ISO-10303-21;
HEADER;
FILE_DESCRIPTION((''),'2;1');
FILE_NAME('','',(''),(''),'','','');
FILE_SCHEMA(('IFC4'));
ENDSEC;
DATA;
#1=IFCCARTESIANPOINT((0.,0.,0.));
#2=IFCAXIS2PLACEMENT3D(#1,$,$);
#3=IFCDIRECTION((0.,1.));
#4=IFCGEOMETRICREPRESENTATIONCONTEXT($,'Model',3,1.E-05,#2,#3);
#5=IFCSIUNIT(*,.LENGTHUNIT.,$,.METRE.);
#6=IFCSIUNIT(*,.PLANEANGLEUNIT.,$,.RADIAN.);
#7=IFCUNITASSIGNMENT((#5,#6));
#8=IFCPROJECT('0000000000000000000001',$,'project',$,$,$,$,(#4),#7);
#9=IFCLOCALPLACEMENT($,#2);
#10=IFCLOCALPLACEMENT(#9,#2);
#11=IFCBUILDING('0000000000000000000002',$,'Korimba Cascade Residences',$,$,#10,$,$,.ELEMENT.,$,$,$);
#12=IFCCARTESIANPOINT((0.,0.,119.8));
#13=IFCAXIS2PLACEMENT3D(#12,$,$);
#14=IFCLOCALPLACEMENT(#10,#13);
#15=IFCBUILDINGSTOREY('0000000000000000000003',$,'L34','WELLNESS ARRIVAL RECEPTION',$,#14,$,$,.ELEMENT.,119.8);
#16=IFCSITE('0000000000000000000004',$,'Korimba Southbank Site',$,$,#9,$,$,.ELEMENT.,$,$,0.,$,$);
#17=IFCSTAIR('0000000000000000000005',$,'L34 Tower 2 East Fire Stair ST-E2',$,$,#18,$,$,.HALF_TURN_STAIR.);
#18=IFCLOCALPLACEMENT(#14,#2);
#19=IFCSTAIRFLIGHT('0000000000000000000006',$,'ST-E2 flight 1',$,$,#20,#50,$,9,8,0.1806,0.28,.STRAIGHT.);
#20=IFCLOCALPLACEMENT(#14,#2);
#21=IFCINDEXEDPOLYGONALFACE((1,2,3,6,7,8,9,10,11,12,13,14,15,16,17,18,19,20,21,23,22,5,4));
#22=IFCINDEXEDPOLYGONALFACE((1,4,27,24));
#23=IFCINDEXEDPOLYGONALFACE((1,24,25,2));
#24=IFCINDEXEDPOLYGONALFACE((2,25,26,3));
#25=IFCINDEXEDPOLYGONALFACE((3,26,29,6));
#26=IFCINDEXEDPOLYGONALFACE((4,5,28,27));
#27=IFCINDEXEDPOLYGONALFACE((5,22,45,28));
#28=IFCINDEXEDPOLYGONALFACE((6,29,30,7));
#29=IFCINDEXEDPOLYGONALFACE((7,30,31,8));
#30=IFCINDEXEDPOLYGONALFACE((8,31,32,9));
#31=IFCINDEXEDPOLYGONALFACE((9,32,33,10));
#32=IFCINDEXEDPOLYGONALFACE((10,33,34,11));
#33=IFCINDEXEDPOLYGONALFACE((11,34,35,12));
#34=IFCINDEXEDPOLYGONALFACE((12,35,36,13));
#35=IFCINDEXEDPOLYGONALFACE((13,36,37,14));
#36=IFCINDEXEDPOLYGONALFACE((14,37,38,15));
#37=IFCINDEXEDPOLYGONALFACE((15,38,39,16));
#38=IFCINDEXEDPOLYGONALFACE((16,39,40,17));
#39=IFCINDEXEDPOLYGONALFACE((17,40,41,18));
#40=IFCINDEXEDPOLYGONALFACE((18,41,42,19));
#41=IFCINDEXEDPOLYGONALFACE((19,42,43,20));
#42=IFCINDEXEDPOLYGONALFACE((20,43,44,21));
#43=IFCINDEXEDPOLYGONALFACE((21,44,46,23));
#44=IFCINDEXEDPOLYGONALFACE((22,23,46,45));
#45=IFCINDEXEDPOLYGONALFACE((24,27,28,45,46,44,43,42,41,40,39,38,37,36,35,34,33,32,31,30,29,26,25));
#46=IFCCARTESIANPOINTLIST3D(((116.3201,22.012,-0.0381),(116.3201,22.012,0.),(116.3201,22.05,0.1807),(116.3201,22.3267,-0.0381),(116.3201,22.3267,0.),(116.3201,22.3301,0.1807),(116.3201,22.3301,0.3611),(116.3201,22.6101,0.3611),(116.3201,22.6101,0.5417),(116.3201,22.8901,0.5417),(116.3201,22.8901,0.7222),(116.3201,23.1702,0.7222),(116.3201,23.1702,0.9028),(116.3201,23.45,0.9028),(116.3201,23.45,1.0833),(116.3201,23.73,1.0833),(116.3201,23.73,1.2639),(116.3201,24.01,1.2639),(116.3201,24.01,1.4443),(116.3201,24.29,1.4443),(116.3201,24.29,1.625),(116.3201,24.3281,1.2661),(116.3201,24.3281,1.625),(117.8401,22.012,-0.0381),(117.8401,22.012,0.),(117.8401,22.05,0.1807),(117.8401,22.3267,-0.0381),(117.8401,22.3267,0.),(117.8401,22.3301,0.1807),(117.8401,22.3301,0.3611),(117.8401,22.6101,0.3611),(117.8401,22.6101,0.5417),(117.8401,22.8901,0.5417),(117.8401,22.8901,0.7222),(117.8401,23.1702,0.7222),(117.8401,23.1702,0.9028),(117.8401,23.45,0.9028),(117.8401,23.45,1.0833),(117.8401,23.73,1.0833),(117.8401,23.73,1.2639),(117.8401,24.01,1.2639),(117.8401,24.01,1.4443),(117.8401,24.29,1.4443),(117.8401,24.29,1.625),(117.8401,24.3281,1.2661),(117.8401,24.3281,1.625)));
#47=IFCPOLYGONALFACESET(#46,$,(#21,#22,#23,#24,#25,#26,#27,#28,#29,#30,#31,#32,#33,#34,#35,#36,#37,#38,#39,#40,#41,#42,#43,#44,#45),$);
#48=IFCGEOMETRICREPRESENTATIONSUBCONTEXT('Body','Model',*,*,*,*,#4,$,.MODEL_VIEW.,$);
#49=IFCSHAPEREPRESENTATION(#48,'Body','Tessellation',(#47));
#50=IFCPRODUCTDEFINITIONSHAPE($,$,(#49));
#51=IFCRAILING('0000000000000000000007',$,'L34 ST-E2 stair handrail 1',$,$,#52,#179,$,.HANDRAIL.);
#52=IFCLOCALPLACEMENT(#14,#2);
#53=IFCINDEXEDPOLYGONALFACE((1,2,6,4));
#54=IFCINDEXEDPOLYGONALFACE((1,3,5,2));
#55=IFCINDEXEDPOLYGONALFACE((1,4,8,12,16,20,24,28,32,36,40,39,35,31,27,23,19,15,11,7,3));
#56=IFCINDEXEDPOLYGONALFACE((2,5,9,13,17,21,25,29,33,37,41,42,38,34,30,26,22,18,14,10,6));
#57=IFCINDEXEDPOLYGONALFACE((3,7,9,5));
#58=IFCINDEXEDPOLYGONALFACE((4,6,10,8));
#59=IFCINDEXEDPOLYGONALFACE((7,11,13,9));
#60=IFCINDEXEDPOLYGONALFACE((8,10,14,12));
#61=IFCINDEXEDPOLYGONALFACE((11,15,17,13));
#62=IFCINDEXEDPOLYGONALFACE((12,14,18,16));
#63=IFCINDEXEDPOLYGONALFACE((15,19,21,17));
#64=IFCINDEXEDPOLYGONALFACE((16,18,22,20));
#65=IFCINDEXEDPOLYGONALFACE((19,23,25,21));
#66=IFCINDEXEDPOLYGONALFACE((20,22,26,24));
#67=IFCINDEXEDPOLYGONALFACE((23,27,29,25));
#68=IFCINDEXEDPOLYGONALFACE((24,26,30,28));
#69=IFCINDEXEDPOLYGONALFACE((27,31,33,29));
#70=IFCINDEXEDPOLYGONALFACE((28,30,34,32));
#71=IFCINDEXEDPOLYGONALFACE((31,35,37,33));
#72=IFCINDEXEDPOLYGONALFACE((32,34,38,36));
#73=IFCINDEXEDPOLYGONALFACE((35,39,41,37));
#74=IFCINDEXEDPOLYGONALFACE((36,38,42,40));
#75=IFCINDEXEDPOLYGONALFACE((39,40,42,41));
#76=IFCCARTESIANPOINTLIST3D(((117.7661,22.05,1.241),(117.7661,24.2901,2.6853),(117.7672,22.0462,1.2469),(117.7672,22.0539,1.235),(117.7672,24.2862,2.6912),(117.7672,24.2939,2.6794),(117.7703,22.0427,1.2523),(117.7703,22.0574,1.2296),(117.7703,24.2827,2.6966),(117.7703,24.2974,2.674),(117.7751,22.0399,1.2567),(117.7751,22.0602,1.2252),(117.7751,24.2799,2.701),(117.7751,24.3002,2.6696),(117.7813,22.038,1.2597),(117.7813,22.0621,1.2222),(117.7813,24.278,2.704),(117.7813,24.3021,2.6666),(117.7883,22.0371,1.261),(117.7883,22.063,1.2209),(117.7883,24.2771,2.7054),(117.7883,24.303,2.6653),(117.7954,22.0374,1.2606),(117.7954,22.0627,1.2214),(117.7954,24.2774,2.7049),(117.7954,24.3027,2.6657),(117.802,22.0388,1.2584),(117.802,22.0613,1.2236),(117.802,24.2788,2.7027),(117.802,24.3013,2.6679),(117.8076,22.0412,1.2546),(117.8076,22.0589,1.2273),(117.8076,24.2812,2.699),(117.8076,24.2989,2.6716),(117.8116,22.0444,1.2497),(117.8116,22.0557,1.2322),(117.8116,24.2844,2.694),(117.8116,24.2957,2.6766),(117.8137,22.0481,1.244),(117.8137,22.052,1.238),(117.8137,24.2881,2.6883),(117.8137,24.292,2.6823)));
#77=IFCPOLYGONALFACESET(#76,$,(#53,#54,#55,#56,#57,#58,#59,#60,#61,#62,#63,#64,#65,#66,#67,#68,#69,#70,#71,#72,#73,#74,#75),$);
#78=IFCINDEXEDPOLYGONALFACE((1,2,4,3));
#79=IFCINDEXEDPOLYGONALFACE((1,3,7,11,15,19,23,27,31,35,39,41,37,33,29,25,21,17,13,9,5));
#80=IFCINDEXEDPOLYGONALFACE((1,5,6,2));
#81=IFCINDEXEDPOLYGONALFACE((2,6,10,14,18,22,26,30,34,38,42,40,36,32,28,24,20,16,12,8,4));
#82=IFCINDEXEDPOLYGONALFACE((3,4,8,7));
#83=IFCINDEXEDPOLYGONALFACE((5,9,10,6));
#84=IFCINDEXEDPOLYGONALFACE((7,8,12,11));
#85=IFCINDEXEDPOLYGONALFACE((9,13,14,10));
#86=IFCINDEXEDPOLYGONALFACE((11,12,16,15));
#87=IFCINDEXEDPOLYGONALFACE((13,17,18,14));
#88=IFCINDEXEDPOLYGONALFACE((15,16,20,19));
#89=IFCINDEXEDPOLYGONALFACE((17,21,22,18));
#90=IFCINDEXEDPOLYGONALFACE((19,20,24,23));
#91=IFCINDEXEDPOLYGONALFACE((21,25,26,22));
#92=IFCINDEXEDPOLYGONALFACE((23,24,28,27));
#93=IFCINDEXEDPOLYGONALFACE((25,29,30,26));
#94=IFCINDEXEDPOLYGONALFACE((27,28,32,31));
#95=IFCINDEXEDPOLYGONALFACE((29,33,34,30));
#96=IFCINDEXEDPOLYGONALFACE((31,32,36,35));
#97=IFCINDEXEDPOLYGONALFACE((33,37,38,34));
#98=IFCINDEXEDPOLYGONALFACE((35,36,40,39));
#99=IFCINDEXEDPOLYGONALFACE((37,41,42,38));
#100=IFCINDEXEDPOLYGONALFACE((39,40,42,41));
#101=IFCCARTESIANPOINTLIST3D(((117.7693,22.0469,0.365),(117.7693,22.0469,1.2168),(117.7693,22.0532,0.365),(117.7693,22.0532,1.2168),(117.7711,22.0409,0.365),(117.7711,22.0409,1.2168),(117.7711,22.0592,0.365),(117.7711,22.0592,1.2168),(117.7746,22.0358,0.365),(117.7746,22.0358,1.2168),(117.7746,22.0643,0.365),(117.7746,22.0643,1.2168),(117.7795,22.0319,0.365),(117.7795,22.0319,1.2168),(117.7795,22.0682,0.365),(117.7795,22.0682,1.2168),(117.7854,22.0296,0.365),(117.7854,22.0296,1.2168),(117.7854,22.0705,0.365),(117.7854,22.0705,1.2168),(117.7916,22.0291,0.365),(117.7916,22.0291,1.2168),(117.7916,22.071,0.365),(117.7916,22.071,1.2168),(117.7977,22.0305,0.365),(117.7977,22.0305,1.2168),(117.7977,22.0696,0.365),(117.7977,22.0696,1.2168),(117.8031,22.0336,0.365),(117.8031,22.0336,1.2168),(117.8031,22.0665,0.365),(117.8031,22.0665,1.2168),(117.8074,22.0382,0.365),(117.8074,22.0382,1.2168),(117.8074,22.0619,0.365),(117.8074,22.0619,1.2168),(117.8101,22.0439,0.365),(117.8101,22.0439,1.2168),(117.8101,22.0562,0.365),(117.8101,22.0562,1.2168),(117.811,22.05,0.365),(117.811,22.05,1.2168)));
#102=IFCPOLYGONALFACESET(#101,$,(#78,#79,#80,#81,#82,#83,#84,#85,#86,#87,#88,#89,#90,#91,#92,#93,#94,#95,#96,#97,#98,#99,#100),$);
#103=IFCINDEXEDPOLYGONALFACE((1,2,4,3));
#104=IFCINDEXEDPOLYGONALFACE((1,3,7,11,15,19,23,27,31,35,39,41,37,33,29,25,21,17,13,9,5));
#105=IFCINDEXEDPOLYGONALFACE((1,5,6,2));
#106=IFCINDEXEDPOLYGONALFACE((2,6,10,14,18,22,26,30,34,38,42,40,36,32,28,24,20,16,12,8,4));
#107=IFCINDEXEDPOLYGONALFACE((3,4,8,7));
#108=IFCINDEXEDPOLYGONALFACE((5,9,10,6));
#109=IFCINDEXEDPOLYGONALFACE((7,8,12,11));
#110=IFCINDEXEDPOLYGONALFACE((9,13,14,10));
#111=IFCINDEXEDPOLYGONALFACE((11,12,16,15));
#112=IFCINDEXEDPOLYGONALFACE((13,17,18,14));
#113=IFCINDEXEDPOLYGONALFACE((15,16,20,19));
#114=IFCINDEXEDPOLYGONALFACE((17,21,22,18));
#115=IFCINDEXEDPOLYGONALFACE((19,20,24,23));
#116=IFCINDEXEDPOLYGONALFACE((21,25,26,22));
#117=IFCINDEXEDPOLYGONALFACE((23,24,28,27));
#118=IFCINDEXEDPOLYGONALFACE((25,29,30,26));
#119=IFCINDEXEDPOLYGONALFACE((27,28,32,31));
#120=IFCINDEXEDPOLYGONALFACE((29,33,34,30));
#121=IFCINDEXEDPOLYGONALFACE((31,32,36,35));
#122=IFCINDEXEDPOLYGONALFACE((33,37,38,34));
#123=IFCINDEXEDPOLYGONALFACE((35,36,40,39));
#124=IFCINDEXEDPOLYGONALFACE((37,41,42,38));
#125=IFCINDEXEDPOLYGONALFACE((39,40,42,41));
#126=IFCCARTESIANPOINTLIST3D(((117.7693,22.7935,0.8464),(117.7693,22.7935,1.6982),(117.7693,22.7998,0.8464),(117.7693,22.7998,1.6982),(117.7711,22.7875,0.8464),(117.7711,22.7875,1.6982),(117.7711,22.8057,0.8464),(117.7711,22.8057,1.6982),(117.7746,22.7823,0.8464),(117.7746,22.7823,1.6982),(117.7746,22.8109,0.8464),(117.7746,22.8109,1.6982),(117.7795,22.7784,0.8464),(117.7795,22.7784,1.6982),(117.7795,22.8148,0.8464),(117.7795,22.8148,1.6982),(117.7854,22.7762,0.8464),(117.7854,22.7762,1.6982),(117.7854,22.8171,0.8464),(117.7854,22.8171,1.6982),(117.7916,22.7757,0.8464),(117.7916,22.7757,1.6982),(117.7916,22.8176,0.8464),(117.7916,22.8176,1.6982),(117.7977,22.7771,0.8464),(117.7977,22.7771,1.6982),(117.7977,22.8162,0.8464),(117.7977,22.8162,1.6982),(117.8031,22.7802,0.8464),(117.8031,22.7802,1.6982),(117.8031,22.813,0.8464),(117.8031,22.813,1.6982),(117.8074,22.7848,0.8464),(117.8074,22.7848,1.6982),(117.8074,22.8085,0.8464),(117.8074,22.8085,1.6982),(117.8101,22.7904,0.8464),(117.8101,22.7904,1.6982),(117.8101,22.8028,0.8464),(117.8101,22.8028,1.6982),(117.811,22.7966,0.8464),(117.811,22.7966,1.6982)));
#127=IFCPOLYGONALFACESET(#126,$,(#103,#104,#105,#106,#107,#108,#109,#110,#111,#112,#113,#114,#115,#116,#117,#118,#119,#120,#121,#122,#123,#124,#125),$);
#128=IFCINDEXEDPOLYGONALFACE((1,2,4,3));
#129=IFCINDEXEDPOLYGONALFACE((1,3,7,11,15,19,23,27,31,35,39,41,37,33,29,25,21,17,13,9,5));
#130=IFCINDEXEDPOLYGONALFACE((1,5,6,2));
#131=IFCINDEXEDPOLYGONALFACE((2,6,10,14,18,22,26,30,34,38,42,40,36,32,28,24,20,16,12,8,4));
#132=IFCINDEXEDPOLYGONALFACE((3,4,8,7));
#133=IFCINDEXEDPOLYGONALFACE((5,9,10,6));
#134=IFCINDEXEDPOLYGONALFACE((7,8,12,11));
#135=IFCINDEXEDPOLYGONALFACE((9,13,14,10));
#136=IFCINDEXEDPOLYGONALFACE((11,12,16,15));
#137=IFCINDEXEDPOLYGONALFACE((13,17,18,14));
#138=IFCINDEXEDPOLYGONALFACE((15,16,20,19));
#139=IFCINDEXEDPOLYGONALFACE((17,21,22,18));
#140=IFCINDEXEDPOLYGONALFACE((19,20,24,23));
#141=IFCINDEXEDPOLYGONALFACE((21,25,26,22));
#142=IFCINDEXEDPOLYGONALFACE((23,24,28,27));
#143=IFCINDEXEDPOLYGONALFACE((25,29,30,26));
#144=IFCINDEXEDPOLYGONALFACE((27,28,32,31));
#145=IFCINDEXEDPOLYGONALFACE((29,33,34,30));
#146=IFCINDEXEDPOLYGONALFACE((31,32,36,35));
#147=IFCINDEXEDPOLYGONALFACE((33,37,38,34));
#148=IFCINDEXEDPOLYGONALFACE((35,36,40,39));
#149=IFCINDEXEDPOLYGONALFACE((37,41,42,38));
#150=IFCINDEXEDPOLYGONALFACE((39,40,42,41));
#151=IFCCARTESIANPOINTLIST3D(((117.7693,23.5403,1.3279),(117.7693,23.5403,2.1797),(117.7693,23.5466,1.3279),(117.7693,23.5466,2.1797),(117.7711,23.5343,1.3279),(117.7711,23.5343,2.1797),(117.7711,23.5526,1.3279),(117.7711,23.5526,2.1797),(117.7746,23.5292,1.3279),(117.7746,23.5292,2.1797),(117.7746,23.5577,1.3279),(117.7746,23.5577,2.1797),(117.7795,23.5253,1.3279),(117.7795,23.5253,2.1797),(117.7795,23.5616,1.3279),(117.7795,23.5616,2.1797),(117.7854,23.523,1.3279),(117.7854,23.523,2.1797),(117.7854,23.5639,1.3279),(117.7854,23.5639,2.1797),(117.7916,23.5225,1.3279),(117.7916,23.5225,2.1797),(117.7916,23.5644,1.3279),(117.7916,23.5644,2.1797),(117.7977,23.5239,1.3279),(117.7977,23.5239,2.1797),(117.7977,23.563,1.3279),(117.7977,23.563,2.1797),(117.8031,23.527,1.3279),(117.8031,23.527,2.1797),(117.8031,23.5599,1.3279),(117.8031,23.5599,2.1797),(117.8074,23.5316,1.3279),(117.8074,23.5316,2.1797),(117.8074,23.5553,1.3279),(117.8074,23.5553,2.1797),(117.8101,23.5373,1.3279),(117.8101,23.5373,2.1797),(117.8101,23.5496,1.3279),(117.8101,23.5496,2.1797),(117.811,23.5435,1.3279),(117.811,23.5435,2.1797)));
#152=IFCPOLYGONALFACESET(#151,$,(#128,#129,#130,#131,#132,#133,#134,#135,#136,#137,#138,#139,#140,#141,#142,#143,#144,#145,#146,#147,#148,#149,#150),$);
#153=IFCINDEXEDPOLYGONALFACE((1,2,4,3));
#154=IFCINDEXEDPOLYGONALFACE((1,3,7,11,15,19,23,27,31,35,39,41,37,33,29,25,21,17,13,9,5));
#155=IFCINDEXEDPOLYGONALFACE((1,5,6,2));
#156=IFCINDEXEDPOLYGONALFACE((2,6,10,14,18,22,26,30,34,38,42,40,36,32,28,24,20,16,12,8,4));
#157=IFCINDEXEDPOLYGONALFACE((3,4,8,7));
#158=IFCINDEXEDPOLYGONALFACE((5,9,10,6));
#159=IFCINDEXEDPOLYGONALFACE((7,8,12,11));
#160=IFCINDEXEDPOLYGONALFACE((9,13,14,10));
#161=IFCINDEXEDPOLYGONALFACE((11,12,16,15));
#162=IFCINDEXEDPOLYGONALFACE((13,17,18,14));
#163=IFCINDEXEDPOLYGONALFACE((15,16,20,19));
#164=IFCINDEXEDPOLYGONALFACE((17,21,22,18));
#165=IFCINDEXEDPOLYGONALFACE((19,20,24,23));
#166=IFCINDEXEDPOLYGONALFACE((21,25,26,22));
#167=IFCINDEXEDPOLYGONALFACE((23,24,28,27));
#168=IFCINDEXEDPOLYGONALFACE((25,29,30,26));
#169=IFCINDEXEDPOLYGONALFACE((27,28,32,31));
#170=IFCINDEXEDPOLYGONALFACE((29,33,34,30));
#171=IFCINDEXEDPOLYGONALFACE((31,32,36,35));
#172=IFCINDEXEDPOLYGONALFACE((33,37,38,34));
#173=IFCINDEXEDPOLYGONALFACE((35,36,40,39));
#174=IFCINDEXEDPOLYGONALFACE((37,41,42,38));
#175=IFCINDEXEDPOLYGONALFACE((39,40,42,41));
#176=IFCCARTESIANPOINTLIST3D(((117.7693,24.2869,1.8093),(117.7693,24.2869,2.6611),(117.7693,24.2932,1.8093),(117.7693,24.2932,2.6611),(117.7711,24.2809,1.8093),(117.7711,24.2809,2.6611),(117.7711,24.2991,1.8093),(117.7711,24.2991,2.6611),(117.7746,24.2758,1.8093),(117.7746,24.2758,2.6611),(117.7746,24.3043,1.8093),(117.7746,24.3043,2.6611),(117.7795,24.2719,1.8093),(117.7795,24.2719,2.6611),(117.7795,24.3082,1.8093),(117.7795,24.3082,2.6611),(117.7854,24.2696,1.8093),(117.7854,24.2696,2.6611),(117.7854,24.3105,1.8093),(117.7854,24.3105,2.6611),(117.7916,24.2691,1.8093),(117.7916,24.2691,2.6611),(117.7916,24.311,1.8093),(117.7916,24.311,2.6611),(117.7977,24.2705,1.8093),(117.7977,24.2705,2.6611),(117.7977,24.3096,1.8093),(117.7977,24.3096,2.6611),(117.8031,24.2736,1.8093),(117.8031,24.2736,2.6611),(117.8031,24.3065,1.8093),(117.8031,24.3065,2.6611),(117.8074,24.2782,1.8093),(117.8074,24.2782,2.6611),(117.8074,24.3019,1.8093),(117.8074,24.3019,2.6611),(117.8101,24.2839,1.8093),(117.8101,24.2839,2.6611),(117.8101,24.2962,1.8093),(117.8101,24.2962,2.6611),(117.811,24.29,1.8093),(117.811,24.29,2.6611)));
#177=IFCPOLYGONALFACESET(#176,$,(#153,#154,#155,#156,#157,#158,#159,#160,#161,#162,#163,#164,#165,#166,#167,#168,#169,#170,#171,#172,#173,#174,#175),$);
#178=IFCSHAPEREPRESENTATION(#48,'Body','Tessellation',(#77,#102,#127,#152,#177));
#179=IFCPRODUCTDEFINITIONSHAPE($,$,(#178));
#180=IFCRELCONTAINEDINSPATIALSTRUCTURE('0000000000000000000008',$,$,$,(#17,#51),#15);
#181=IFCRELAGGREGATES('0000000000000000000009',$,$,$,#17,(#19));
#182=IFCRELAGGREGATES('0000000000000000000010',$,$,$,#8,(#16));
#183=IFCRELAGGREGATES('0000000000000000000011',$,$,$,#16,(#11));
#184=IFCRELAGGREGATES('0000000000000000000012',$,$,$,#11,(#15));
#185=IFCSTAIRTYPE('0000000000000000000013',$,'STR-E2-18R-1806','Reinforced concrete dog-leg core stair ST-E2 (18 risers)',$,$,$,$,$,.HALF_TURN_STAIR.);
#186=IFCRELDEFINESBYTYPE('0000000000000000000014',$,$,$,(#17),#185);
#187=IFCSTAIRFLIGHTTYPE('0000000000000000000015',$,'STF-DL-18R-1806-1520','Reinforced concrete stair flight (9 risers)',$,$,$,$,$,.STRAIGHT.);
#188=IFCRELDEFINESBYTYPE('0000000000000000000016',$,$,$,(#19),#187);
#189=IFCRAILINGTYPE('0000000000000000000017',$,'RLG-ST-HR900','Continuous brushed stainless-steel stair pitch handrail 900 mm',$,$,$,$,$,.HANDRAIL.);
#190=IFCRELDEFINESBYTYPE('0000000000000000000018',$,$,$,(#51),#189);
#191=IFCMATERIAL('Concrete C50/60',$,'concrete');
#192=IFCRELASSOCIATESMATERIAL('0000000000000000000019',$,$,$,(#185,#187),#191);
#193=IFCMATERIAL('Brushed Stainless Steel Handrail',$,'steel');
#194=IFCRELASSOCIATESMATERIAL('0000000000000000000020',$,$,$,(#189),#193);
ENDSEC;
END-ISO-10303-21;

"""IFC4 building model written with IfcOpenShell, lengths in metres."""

from ifc_helpers import new_model, si_unit, direction, frame, origin, origin_2d, place, context, subcontext, project, spatial, polyline, circle, outline, extrude, material, type_object, element, aggregate, save


model = new_model("IFC4")

# Units and contexts
model_context = context("Model", 3, precision=1e-05, world=origin(), true_north=direction((0.0, 1.0)))
body_context = subcontext(model_context, "Body", "Model", "MODEL_VIEW")
ifc_project = project(units=[si_unit("LENGTHUNIT", "METRE"), si_unit("PLANEANGLEUNIT", "RADIAN")], contexts=[model_context])

# Site, building, storey
site_placement = place(None, origin())
site = spatial("IfcSite", under=ifc_project, at=site_placement, Name="Korimba Southbank Site", CompositionType="ELEMENT", RefElevation=0.0)
building_placement = place(site_placement, origin())
building = spatial("IfcBuilding", under=site, at=building_placement, Name="Korimba Cascade Residences", CompositionType="ELEMENT")
storey_placement = place(building_placement, frame((0.0, 0.0, 119.8)))
storey = spatial("IfcBuildingStorey", under=building, at=storey_placement, Name="L34", Description="WELLNESS ARRIVAL RECEPTION", CompositionType="ELEMENT", Elevation=119.8)

# Stair, stair flight
ifc_material_1 = material(Name="Concrete C50/60", Category="concrete")
stair_type = type_object("IfcStairType", Name="STR-E2-18R-1806", Description="Reinforced concrete dog-leg core stair ST-E2 (18 risers)", PredefinedType="HALF_TURN_STAIR", material=ifc_material_1)
stair_placement = place(storey_placement, origin())
stair = element("IfcStair", 1, at=stair_placement, inside=storey, type_object=stair_type, Name="L34 Tower 2 East Fire Stair ST-E2", PredefinedType="HALF_TURN_STAIR")
stair_flight_type = type_object("IfcStairFlightType", Name="STF-DL-18R-1806-1520", Description="Reinforced concrete stair flight (9 risers)", PredefinedType="STRAIGHT", material=ifc_material_1)
stair_flight_placement = place(storey_placement, frame((117.0801, 22.05, 0.0), z_axis=(0.0, 0.0, 1.0), x_axis=(0.0, 1.0, 0.0)))
stair_flight = element("IfcStairFlight", 2, at=stair_flight_placement, type_object=stair_flight_type, Name="ST-E2 flight 1", NumberOfRisers=9, NumberOfTreads=8, PredefinedType="STRAIGHT", RiserHeight=0.1806, TreadLength=0.28, context=body_context, shape_type="SweptSolid", body=[
    extrude(outline(polyline([(-0.0381, 0.0), (0.0, 0.1807), (0.28, 0.1807), (0.28, 0.3611), (0.5601, 0.3611), (0.5601, 0.5417), (0.8401, 0.5417), (0.8401, 0.7222), (1.1201, 0.7222), (1.1201, 0.9028), (1.3999, 0.9028), (1.3999, 1.0833), (1.6799, 1.0833), (1.6799, 1.2639), (1.96, 1.2639), (1.96, 1.4443), (2.24, 1.4443), (2.24, 1.625), (2.2781, 1.625), (2.2781, 1.2661), (0.2766, 0.0), (0.2766, -0.0381), (-0.0381, -0.0381), (-0.0381, 0.0)])), frame((0.0, 0.76, 0.0), z_axis=(0.0, -1.0, 0.0), x_axis=(1.0, 0.0, 0.0)), (0.0, 0.0, 1.0), 1.52),
])
aggregate(stair, [stair_flight])

# Railing
ifc_material_2 = material(Name="Brushed Stainless Steel Handrail", Category="steel")
railing_type = type_object("IfcRailingType", Name="RLG-ST-HR900", Description="Continuous brushed stainless-steel stair pitch handrail 900 mm", PredefinedType="HANDRAIL", material=ifc_material_2)
railing_placement = place(storey_placement, frame((117.79, 22.05, 0.365)))
element("IfcRailing", 3, at=railing_placement, inside=storey, type_object=railing_type, Name="L34 ST-E2 stair handrail 1", PredefinedType="HANDRAIL", context=body_context, shape_type="SweptSolid", body=[
    extrude(circle(Radius=0.0239, at=origin_2d()), frame((0.0, 0.0, 0.876), z_axis=(0.0, 0.840437, 0.54191), x_axis=(-1.0, 0.0, 0.0)), (0.0, 0.0, 1.0), 2.6653),
    extrude(circle(Radius=0.021, at=origin_2d()), origin(), (0.0, 0.0, 1.0), 0.8518),
    extrude(circle(Radius=0.021, at=origin_2d()), frame((0.0, 0.7466, 0.4814)), (0.0, 0.0, 1.0), 0.8518),
    extrude(circle(Radius=0.021, at=origin_2d()), frame((0.0, 1.4934, 0.9629)), (0.0, 0.0, 1.0), 0.8518),
    extrude(circle(Radius=0.021, at=origin_2d()), frame((0.0, 2.24, 1.4443)), (0.0, 0.0, 1.0), 0.8518),
])

save(model, "model.ifc")
